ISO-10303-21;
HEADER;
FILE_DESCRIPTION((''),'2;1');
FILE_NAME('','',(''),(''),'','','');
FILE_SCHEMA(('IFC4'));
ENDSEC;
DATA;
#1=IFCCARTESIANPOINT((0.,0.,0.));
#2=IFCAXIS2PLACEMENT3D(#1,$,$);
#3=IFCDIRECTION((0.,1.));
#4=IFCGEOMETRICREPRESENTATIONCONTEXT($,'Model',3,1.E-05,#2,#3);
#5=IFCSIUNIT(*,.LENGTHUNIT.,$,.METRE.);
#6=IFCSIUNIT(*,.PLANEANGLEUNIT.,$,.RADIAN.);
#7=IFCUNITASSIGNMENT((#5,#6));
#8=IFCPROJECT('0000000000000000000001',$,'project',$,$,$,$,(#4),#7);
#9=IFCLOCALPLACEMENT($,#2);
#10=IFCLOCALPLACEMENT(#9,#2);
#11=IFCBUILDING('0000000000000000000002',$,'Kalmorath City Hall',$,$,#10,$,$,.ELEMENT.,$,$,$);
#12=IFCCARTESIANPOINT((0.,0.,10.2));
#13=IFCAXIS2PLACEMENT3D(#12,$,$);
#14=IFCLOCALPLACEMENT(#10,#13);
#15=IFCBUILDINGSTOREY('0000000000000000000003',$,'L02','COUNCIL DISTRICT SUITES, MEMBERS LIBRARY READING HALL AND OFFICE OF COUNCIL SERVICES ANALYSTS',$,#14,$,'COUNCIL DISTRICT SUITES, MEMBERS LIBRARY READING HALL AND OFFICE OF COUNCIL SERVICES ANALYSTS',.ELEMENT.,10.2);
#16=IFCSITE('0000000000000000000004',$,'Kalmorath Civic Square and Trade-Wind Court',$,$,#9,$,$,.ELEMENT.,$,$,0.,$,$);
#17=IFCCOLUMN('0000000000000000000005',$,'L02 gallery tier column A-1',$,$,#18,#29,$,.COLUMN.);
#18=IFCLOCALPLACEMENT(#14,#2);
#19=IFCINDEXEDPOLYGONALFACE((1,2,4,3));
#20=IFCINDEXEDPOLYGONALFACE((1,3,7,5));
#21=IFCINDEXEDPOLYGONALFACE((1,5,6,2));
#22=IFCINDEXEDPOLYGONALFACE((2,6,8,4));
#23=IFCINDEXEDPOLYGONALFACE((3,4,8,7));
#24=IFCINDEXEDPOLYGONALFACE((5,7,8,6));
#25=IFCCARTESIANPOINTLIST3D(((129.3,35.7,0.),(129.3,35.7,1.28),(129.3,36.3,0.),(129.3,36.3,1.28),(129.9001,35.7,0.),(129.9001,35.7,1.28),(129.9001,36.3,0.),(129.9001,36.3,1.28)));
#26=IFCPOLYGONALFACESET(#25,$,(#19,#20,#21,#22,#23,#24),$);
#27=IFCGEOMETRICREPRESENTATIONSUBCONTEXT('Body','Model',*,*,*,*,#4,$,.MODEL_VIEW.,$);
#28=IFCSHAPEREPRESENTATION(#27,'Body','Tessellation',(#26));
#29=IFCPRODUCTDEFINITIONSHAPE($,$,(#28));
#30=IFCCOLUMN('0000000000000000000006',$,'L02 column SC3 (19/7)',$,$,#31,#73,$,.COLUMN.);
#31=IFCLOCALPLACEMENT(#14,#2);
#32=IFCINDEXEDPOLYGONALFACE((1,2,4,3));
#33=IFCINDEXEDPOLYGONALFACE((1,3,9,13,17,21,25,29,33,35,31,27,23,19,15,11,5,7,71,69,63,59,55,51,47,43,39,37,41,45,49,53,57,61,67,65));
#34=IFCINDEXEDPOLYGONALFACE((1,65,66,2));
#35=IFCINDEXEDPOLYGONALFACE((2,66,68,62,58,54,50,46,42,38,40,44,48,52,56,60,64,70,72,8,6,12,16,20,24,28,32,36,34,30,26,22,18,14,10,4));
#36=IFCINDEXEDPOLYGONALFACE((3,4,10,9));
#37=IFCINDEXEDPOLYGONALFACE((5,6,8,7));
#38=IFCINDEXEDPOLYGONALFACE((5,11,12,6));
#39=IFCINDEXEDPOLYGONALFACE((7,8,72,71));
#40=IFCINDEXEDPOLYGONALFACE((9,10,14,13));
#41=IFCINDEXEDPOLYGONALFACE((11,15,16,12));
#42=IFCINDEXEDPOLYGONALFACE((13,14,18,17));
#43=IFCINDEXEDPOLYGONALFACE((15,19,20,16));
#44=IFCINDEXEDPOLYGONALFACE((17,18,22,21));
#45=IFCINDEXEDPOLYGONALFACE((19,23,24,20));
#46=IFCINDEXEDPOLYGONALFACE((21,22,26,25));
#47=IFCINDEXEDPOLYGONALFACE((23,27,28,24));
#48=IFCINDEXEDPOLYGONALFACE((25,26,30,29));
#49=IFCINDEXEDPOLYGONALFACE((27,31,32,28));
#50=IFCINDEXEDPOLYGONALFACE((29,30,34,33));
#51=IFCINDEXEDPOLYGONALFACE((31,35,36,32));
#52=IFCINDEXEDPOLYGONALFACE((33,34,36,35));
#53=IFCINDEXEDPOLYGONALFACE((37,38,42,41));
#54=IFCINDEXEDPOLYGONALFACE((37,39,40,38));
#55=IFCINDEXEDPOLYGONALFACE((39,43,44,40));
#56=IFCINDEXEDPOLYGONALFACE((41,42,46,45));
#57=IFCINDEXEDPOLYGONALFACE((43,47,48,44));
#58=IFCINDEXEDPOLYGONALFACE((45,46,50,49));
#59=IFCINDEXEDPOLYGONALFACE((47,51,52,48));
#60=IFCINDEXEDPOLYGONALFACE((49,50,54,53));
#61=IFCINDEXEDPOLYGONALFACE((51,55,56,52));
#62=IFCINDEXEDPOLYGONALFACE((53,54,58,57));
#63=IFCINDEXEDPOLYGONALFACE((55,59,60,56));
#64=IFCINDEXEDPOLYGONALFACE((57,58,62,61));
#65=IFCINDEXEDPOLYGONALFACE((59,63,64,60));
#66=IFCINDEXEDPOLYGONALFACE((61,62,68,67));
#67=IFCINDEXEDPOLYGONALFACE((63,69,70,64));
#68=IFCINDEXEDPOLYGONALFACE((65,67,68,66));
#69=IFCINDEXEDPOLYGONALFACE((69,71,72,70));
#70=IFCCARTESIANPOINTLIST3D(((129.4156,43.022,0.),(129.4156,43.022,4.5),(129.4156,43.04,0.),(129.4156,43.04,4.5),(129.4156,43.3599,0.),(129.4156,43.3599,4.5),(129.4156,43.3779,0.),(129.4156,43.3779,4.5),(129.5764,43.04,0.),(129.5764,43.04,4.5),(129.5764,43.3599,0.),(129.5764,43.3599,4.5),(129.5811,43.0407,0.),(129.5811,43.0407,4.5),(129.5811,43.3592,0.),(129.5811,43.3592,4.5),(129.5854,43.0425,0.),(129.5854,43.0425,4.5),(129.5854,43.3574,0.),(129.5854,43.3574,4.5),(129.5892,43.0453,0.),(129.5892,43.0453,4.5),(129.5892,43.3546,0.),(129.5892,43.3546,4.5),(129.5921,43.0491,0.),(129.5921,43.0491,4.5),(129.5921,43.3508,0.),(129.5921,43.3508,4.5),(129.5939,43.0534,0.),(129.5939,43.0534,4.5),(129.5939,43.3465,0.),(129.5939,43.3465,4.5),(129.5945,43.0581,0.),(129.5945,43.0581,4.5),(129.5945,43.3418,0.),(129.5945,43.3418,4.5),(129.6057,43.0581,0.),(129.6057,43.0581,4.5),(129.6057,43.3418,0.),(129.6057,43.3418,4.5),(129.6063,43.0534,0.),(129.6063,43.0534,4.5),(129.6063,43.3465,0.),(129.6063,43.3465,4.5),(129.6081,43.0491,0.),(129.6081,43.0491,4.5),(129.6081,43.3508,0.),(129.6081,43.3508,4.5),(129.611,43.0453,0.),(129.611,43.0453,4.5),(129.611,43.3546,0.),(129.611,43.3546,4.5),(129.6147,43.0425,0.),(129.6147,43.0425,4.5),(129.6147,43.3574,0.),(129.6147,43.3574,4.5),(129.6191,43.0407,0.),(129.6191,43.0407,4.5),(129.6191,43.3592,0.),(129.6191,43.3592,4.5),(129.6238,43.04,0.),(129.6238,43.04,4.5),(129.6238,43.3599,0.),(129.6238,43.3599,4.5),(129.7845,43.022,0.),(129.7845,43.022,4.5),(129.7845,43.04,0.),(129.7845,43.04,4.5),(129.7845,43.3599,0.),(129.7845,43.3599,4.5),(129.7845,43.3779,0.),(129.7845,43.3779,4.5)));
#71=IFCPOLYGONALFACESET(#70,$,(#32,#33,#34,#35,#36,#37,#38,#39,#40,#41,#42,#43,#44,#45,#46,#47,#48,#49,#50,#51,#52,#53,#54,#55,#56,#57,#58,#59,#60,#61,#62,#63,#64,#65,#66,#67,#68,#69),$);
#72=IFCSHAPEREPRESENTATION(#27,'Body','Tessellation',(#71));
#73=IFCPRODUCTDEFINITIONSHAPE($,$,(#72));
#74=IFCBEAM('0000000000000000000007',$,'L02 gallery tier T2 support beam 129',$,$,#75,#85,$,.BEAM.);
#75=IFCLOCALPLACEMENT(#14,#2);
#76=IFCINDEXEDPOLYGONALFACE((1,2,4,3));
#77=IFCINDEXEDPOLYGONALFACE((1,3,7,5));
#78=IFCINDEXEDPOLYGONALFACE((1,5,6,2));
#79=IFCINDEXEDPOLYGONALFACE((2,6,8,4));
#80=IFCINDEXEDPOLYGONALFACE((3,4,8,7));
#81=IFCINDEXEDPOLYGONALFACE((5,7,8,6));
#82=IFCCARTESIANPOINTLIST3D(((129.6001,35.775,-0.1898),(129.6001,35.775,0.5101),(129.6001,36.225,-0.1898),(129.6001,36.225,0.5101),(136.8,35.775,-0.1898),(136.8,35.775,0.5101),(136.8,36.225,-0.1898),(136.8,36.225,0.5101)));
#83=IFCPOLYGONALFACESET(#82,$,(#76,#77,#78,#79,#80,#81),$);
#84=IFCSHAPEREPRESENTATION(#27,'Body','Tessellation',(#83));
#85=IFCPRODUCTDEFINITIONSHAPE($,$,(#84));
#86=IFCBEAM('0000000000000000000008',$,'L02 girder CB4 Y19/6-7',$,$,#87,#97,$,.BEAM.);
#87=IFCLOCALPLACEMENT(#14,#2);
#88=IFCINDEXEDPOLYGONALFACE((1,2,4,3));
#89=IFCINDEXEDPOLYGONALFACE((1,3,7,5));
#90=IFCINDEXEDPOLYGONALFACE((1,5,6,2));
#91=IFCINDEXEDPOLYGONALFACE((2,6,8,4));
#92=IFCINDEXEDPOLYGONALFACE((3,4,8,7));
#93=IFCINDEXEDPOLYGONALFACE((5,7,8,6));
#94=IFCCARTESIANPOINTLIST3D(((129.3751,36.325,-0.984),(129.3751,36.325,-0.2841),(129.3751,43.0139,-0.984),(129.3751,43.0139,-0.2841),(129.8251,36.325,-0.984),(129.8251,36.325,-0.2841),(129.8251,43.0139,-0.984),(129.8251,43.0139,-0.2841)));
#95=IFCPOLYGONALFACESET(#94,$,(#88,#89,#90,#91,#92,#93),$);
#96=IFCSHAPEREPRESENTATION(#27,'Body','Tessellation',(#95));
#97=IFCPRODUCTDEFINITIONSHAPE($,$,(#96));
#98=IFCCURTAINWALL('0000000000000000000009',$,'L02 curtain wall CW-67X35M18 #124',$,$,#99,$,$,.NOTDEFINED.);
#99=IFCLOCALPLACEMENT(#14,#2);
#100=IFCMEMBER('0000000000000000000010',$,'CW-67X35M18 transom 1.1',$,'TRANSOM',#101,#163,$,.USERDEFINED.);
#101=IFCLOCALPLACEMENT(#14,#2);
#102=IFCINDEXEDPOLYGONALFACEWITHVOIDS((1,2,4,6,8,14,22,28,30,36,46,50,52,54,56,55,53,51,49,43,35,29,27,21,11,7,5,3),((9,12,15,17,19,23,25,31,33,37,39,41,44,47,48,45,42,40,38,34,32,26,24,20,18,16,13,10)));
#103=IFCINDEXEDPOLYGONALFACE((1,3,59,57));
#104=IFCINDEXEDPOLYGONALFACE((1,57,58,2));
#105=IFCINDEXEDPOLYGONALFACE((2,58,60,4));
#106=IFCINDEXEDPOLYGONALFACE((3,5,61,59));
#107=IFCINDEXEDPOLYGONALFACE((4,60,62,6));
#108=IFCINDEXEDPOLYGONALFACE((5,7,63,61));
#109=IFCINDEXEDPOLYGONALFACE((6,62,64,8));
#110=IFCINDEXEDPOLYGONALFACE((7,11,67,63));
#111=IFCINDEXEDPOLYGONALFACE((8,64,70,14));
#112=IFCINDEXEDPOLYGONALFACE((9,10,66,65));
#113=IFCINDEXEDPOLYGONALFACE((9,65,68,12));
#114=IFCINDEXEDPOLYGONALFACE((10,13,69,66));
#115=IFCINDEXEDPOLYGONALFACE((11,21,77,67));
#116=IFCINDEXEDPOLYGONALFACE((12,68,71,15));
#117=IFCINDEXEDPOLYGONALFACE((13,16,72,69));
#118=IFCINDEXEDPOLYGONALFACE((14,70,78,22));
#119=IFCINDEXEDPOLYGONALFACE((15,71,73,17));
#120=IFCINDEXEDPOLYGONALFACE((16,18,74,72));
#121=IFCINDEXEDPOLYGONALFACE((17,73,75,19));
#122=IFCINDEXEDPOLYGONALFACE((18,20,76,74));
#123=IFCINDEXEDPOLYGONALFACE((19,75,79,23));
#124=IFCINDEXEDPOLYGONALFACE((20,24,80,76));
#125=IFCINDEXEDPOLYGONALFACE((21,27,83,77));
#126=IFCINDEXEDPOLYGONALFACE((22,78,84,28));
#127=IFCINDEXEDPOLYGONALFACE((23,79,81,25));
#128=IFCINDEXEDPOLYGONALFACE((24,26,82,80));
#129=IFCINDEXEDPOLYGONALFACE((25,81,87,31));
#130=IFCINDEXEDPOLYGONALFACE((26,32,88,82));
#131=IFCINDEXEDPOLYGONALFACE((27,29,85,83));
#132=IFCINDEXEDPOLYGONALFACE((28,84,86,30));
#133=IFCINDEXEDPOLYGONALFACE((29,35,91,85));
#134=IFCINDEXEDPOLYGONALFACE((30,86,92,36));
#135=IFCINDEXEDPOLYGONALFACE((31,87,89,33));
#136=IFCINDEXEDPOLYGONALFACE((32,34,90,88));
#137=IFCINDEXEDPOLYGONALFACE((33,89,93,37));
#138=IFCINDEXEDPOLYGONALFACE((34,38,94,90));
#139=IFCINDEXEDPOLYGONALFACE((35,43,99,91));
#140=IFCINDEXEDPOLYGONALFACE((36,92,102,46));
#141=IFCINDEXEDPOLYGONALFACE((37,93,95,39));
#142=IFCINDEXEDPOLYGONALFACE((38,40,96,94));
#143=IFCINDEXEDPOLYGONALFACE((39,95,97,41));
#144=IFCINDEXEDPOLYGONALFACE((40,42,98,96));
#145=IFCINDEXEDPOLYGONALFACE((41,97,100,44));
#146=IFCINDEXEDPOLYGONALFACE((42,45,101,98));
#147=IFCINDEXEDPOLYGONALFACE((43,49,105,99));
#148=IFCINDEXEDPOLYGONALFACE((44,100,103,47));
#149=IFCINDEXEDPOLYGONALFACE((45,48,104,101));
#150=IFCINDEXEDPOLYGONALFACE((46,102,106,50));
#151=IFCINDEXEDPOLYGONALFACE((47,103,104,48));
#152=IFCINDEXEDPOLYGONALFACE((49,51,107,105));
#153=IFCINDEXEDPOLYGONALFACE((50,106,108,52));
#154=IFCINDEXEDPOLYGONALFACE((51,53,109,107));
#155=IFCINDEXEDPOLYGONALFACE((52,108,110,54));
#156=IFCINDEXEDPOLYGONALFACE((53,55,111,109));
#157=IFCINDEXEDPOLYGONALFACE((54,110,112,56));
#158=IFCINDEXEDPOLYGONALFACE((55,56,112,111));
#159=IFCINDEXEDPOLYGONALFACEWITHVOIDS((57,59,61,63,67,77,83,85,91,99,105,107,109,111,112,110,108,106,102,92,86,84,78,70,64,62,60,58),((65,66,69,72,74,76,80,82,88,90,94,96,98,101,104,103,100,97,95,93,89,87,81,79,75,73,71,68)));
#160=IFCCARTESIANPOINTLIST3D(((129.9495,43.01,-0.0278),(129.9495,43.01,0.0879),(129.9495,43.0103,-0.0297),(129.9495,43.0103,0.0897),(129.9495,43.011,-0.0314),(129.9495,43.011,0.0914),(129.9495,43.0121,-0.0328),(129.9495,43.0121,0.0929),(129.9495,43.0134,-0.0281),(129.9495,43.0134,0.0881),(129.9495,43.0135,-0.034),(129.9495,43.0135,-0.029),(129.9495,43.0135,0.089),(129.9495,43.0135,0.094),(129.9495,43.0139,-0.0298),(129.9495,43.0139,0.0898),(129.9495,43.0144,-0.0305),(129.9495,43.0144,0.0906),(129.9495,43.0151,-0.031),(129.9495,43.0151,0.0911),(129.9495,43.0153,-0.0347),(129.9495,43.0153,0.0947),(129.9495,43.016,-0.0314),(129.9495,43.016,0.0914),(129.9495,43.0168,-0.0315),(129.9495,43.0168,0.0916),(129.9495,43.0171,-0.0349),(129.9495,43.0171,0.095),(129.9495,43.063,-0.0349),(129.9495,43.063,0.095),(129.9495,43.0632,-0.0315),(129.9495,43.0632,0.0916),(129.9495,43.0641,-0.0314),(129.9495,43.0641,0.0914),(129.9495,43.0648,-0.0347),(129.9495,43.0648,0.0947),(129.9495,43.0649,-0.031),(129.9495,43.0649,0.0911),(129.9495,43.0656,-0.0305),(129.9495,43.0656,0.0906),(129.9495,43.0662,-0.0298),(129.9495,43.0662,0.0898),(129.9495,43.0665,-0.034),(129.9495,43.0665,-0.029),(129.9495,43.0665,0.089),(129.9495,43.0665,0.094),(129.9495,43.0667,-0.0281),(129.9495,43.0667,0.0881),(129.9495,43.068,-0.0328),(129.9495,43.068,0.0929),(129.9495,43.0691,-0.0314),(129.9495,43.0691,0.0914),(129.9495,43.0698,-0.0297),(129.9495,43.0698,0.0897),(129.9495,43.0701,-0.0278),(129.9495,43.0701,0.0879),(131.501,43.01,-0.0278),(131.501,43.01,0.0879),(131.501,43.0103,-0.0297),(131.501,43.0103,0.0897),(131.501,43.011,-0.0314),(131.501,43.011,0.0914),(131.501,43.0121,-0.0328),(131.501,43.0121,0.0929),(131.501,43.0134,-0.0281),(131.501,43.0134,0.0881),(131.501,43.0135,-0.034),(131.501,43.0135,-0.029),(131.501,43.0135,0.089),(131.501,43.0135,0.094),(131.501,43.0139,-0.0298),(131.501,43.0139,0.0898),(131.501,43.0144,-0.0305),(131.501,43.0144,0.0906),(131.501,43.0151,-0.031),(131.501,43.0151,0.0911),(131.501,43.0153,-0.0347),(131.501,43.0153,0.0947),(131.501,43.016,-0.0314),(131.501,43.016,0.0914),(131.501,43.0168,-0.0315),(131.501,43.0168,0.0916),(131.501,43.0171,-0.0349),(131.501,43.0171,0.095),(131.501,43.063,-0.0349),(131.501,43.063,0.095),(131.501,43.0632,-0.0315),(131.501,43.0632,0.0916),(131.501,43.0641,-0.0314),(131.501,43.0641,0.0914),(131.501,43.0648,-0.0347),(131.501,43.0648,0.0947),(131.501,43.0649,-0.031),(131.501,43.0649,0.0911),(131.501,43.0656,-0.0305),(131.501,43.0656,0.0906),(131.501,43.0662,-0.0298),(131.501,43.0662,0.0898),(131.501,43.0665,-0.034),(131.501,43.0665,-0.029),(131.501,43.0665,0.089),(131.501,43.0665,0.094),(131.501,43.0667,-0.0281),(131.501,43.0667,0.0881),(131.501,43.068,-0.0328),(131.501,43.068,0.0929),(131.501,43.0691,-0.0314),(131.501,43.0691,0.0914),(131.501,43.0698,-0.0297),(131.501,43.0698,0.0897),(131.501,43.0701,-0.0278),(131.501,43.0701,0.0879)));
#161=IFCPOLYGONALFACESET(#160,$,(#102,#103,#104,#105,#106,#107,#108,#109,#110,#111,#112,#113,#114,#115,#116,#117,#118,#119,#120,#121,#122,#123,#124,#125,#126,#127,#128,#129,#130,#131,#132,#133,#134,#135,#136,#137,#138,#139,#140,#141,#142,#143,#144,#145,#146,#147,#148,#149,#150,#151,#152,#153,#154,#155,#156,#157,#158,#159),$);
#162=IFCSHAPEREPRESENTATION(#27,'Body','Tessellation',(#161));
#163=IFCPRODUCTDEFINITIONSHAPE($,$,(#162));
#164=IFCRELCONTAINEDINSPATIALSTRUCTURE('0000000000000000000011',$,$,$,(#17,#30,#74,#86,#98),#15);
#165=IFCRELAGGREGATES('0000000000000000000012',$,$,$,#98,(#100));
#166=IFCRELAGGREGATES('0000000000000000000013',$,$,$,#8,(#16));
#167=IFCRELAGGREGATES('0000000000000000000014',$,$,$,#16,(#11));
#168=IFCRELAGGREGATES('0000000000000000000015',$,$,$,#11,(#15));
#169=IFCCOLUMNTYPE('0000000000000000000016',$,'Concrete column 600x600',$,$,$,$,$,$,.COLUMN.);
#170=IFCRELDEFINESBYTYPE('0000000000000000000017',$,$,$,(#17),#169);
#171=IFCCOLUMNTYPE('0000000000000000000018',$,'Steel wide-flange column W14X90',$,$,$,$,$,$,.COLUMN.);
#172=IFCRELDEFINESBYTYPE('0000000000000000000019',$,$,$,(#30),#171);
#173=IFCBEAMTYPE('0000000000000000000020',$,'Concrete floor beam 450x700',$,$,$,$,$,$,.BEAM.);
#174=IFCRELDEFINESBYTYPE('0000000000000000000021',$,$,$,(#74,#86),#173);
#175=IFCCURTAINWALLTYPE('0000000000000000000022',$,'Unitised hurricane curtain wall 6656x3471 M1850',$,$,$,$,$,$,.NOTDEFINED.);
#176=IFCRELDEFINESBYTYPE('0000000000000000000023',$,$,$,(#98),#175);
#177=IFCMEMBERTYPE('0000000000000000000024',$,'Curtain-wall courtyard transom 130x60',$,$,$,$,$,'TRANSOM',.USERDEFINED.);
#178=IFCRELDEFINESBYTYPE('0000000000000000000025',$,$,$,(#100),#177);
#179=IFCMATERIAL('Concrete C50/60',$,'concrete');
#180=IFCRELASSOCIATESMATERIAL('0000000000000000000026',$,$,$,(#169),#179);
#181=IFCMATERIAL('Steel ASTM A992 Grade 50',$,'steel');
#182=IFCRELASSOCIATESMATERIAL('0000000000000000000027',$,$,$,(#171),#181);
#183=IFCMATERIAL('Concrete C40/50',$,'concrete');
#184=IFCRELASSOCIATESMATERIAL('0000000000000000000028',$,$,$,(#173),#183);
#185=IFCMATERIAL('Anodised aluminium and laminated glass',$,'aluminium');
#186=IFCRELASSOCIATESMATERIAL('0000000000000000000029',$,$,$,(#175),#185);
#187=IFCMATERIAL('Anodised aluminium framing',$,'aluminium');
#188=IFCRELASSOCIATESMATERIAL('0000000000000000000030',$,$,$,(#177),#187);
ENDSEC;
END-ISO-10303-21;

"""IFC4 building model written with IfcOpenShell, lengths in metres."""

from ifc_helpers import new_model, si_unit, direction, frame, origin, origin_2d, place, context, subcontext, project, spatial, rectangle, hollow_rectangle, i_section, extrude, material, material_profile, profile_set, type_object, element, aggregate, save


model = new_model("IFC4")

# Units and contexts
model_context = context("Model", 3, precision=1e-05, world=origin(), true_north=direction((0.0, 1.0)))
body_context = subcontext(model_context, "Body", "Model", "MODEL_VIEW")
ifc_project = project(units=[si_unit("LENGTHUNIT", "METRE"), si_unit("PLANEANGLEUNIT", "RADIAN")], contexts=[model_context])

# Site, building, storey
site_placement = place(None, origin())
site = spatial("IfcSite", under=ifc_project, at=site_placement, Name="Kalmorath Civic Square and Trade-Wind Court", CompositionType="ELEMENT", RefElevation=0.0)
building_placement = place(site_placement, origin())
building = spatial("IfcBuilding", under=site, at=building_placement, Name="Kalmorath City Hall", CompositionType="ELEMENT")
storey_placement = place(building_placement, frame((0.0, 0.0, 10.2)))
storey = spatial("IfcBuildingStorey", under=building, at=storey_placement, Name="L02", Description="COUNCIL DISTRICT SUITES, MEMBERS LIBRARY READING HALL AND OFFICE OF COUNCIL SERVICES ANALYSTS", LongName="COUNCIL DISTRICT SUITES, MEMBERS LIBRARY READING HALL AND OFFICE OF COUNCIL SERVICES ANALYSTS", CompositionType="ELEMENT", Elevation=10.2)

# Columns
ifc_material_1 = material(Name="Concrete C50/60", Category="concrete")
ifc_material_profile_1 = material_profile(ifc_material_1, rectangle(XDim=0.6001, YDim=0.6001, at=origin_2d()), Name="RC-COL-600X600")
ifc_profile_set_1 = profile_set([ifc_material_profile_1], Name="Concrete C50/60")
column_type_1 = type_object("IfcColumnType", Name="Concrete column 600x600", PredefinedType="COLUMN", material=ifc_profile_set_1)
column_1_placement = place(storey_placement, frame((129.6001, 36.0, 0.0), z_axis=(0.0, 0.0, 1.0), x_axis=(1.0, 0.0, 0.0)))
element("IfcColumn", 1, at=column_1_placement, inside=storey, type_object=column_type_1, Name="L02 gallery tier column A-1", PredefinedType="COLUMN", context=body_context, shape_type="SweptSolid", body=[
    extrude(rectangle(XDim=0.6001, YDim=0.6001, at=origin_2d()), origin(), (0.0, 0.0, 1.0), 1.28),
])
ifc_material_2 = material(Name="Steel ASTM A992 Grade 50", Category="steel")
ifc_material_profile_2 = material_profile(ifc_material_2, i_section(OverallWidth=0.3689, OverallDepth=0.356, WebThickness=0.0112, FlangeThickness=0.0181, FilletRadius=0.0181, at=origin_2d()), Name="W14X90")
ifc_profile_set_2 = profile_set([ifc_material_profile_2], Name="Steel ASTM A992 Grade 50")
column_type_2 = type_object("IfcColumnType", Name="Steel wide-flange column W14X90", PredefinedType="COLUMN", material=ifc_profile_set_2)
column_2_placement = place(storey_placement, frame((129.6001, 43.2, 0.0), z_axis=(0.0, 0.0, 1.0), x_axis=(1.0, 0.0, 0.0)))
element("IfcColumn", 2, at=column_2_placement, inside=storey, type_object=column_type_2, Name="L02 column SC3 (19/7)", PredefinedType="COLUMN", context=body_context, shape_type="SweptSolid", body=[
    extrude(i_section(OverallWidth=0.3689, OverallDepth=0.356, WebThickness=0.0112, FlangeThickness=0.0181, FilletRadius=0.0181, at=origin_2d()), origin(), (0.0, 0.0, 1.0), 4.5),
])

# Beams
ifc_material_3 = material(Name="Concrete C40/50", Category="concrete")
ifc_material_profile_3 = material_profile(ifc_material_3, rectangle(XDim=0.45, YDim=0.7, at=origin_2d()), Name="RC-BM-450X700")
ifc_profile_set_3 = profile_set([ifc_material_profile_3], Name="Concrete C40/50")
beam_type_1 = type_object("IfcBeamType", Name="Concrete floor beam 450x700", PredefinedType="BEAM", material=ifc_profile_set_3)
beam_1_placement = place(storey_placement, frame((129.6001, 36.0, 0.1602), z_axis=(1.0, 0.0, 0.0), x_axis=(0.0, 1.0, 0.0)))
element("IfcBeam", 3, at=beam_1_placement, inside=storey, type_object=beam_type_1, Name="L02 gallery tier T2 support beam 129", PredefinedType="BEAM", context=body_context, shape_type="SweptSolid", body=[
    extrude(rectangle(XDim=0.45, YDim=0.7, at=origin_2d()), origin(), (0.0, 0.0, 1.0), 7.2),
])
beam_2_placement = place(storey_placement, frame((129.6001, 36.325, -0.634), z_axis=(0.0, 1.0, 0.0), x_axis=(-1.0, 0.0, 0.0)))
element("IfcBeam", 4, at=beam_2_placement, inside=storey, type_object=beam_type_1, Name="L02 girder CB4 Y19/6-7", PredefinedType="BEAM", context=body_context, shape_type="SweptSolid", body=[
    extrude(rectangle(XDim=0.45, YDim=0.7, at=origin_2d()), origin(), (0.0, 0.0, 1.0), 6.689),
])

# Curtain wall, member
ifc_material_4 = material(Name="Anodised aluminium and laminated glass", Category="aluminium")
curtain_wall_type_1 = type_object("IfcCurtainWallType", Name="Unitised hurricane curtain wall 6656x3471 M1850", PredefinedType="NOTDEFINED", material=ifc_material_4)
curtain_wall_1_placement = place(storey_placement, origin())
curtain_wall_1 = element("IfcCurtainWall", 5, at=curtain_wall_1_placement, inside=storey, type_object=curtain_wall_type_1, Name="L02 curtain wall CW-67X35M18 #124", PredefinedType="NOTDEFINED")
ifc_material_5 = material(Name="Anodised aluminium framing", Category="aluminium")
ifc_material_profile_4 = material_profile(ifc_material_5, hollow_rectangle(XDim=0.0601, YDim=0.1299, WallThickness=0.0034, InnerFilletRadius=0.0034, OuterFilletRadius=0.0071, at=origin_2d()), Name="ALU-TRN-130X60X3.5")
ifc_profile_set_4 = profile_set([ifc_material_profile_4], Name="Anodised aluminium framing")
member_type_1 = type_object("IfcMemberType", Name="Curtain-wall courtyard transom 130x60", ElementType="TRANSOM", PredefinedType="USERDEFINED", material=ifc_profile_set_4)
member_1_placement = place(storey_placement, frame((129.9495, 43.04, 0.03), z_axis=(1.0, 0.0, 0.0), x_axis=(0.0, 1.0, 0.0)))
member_1 = element("IfcMember", 6, at=member_1_placement, type_object=member_type_1, Name="CW-67X35M18 transom 1.1", ObjectType="TRANSOM", PredefinedType="USERDEFINED", context=body_context, shape_type="SweptSolid", body=[
    extrude(hollow_rectangle(XDim=0.0601, YDim=0.1299, WallThickness=0.0034, InnerFilletRadius=0.0034, OuterFilletRadius=0.0071, at=origin_2d()), origin(), (0.0, 0.0, 1.0), 1.5515),
])

aggregate(curtain_wall_1, [member_1])

save(model, "model.ifc")
